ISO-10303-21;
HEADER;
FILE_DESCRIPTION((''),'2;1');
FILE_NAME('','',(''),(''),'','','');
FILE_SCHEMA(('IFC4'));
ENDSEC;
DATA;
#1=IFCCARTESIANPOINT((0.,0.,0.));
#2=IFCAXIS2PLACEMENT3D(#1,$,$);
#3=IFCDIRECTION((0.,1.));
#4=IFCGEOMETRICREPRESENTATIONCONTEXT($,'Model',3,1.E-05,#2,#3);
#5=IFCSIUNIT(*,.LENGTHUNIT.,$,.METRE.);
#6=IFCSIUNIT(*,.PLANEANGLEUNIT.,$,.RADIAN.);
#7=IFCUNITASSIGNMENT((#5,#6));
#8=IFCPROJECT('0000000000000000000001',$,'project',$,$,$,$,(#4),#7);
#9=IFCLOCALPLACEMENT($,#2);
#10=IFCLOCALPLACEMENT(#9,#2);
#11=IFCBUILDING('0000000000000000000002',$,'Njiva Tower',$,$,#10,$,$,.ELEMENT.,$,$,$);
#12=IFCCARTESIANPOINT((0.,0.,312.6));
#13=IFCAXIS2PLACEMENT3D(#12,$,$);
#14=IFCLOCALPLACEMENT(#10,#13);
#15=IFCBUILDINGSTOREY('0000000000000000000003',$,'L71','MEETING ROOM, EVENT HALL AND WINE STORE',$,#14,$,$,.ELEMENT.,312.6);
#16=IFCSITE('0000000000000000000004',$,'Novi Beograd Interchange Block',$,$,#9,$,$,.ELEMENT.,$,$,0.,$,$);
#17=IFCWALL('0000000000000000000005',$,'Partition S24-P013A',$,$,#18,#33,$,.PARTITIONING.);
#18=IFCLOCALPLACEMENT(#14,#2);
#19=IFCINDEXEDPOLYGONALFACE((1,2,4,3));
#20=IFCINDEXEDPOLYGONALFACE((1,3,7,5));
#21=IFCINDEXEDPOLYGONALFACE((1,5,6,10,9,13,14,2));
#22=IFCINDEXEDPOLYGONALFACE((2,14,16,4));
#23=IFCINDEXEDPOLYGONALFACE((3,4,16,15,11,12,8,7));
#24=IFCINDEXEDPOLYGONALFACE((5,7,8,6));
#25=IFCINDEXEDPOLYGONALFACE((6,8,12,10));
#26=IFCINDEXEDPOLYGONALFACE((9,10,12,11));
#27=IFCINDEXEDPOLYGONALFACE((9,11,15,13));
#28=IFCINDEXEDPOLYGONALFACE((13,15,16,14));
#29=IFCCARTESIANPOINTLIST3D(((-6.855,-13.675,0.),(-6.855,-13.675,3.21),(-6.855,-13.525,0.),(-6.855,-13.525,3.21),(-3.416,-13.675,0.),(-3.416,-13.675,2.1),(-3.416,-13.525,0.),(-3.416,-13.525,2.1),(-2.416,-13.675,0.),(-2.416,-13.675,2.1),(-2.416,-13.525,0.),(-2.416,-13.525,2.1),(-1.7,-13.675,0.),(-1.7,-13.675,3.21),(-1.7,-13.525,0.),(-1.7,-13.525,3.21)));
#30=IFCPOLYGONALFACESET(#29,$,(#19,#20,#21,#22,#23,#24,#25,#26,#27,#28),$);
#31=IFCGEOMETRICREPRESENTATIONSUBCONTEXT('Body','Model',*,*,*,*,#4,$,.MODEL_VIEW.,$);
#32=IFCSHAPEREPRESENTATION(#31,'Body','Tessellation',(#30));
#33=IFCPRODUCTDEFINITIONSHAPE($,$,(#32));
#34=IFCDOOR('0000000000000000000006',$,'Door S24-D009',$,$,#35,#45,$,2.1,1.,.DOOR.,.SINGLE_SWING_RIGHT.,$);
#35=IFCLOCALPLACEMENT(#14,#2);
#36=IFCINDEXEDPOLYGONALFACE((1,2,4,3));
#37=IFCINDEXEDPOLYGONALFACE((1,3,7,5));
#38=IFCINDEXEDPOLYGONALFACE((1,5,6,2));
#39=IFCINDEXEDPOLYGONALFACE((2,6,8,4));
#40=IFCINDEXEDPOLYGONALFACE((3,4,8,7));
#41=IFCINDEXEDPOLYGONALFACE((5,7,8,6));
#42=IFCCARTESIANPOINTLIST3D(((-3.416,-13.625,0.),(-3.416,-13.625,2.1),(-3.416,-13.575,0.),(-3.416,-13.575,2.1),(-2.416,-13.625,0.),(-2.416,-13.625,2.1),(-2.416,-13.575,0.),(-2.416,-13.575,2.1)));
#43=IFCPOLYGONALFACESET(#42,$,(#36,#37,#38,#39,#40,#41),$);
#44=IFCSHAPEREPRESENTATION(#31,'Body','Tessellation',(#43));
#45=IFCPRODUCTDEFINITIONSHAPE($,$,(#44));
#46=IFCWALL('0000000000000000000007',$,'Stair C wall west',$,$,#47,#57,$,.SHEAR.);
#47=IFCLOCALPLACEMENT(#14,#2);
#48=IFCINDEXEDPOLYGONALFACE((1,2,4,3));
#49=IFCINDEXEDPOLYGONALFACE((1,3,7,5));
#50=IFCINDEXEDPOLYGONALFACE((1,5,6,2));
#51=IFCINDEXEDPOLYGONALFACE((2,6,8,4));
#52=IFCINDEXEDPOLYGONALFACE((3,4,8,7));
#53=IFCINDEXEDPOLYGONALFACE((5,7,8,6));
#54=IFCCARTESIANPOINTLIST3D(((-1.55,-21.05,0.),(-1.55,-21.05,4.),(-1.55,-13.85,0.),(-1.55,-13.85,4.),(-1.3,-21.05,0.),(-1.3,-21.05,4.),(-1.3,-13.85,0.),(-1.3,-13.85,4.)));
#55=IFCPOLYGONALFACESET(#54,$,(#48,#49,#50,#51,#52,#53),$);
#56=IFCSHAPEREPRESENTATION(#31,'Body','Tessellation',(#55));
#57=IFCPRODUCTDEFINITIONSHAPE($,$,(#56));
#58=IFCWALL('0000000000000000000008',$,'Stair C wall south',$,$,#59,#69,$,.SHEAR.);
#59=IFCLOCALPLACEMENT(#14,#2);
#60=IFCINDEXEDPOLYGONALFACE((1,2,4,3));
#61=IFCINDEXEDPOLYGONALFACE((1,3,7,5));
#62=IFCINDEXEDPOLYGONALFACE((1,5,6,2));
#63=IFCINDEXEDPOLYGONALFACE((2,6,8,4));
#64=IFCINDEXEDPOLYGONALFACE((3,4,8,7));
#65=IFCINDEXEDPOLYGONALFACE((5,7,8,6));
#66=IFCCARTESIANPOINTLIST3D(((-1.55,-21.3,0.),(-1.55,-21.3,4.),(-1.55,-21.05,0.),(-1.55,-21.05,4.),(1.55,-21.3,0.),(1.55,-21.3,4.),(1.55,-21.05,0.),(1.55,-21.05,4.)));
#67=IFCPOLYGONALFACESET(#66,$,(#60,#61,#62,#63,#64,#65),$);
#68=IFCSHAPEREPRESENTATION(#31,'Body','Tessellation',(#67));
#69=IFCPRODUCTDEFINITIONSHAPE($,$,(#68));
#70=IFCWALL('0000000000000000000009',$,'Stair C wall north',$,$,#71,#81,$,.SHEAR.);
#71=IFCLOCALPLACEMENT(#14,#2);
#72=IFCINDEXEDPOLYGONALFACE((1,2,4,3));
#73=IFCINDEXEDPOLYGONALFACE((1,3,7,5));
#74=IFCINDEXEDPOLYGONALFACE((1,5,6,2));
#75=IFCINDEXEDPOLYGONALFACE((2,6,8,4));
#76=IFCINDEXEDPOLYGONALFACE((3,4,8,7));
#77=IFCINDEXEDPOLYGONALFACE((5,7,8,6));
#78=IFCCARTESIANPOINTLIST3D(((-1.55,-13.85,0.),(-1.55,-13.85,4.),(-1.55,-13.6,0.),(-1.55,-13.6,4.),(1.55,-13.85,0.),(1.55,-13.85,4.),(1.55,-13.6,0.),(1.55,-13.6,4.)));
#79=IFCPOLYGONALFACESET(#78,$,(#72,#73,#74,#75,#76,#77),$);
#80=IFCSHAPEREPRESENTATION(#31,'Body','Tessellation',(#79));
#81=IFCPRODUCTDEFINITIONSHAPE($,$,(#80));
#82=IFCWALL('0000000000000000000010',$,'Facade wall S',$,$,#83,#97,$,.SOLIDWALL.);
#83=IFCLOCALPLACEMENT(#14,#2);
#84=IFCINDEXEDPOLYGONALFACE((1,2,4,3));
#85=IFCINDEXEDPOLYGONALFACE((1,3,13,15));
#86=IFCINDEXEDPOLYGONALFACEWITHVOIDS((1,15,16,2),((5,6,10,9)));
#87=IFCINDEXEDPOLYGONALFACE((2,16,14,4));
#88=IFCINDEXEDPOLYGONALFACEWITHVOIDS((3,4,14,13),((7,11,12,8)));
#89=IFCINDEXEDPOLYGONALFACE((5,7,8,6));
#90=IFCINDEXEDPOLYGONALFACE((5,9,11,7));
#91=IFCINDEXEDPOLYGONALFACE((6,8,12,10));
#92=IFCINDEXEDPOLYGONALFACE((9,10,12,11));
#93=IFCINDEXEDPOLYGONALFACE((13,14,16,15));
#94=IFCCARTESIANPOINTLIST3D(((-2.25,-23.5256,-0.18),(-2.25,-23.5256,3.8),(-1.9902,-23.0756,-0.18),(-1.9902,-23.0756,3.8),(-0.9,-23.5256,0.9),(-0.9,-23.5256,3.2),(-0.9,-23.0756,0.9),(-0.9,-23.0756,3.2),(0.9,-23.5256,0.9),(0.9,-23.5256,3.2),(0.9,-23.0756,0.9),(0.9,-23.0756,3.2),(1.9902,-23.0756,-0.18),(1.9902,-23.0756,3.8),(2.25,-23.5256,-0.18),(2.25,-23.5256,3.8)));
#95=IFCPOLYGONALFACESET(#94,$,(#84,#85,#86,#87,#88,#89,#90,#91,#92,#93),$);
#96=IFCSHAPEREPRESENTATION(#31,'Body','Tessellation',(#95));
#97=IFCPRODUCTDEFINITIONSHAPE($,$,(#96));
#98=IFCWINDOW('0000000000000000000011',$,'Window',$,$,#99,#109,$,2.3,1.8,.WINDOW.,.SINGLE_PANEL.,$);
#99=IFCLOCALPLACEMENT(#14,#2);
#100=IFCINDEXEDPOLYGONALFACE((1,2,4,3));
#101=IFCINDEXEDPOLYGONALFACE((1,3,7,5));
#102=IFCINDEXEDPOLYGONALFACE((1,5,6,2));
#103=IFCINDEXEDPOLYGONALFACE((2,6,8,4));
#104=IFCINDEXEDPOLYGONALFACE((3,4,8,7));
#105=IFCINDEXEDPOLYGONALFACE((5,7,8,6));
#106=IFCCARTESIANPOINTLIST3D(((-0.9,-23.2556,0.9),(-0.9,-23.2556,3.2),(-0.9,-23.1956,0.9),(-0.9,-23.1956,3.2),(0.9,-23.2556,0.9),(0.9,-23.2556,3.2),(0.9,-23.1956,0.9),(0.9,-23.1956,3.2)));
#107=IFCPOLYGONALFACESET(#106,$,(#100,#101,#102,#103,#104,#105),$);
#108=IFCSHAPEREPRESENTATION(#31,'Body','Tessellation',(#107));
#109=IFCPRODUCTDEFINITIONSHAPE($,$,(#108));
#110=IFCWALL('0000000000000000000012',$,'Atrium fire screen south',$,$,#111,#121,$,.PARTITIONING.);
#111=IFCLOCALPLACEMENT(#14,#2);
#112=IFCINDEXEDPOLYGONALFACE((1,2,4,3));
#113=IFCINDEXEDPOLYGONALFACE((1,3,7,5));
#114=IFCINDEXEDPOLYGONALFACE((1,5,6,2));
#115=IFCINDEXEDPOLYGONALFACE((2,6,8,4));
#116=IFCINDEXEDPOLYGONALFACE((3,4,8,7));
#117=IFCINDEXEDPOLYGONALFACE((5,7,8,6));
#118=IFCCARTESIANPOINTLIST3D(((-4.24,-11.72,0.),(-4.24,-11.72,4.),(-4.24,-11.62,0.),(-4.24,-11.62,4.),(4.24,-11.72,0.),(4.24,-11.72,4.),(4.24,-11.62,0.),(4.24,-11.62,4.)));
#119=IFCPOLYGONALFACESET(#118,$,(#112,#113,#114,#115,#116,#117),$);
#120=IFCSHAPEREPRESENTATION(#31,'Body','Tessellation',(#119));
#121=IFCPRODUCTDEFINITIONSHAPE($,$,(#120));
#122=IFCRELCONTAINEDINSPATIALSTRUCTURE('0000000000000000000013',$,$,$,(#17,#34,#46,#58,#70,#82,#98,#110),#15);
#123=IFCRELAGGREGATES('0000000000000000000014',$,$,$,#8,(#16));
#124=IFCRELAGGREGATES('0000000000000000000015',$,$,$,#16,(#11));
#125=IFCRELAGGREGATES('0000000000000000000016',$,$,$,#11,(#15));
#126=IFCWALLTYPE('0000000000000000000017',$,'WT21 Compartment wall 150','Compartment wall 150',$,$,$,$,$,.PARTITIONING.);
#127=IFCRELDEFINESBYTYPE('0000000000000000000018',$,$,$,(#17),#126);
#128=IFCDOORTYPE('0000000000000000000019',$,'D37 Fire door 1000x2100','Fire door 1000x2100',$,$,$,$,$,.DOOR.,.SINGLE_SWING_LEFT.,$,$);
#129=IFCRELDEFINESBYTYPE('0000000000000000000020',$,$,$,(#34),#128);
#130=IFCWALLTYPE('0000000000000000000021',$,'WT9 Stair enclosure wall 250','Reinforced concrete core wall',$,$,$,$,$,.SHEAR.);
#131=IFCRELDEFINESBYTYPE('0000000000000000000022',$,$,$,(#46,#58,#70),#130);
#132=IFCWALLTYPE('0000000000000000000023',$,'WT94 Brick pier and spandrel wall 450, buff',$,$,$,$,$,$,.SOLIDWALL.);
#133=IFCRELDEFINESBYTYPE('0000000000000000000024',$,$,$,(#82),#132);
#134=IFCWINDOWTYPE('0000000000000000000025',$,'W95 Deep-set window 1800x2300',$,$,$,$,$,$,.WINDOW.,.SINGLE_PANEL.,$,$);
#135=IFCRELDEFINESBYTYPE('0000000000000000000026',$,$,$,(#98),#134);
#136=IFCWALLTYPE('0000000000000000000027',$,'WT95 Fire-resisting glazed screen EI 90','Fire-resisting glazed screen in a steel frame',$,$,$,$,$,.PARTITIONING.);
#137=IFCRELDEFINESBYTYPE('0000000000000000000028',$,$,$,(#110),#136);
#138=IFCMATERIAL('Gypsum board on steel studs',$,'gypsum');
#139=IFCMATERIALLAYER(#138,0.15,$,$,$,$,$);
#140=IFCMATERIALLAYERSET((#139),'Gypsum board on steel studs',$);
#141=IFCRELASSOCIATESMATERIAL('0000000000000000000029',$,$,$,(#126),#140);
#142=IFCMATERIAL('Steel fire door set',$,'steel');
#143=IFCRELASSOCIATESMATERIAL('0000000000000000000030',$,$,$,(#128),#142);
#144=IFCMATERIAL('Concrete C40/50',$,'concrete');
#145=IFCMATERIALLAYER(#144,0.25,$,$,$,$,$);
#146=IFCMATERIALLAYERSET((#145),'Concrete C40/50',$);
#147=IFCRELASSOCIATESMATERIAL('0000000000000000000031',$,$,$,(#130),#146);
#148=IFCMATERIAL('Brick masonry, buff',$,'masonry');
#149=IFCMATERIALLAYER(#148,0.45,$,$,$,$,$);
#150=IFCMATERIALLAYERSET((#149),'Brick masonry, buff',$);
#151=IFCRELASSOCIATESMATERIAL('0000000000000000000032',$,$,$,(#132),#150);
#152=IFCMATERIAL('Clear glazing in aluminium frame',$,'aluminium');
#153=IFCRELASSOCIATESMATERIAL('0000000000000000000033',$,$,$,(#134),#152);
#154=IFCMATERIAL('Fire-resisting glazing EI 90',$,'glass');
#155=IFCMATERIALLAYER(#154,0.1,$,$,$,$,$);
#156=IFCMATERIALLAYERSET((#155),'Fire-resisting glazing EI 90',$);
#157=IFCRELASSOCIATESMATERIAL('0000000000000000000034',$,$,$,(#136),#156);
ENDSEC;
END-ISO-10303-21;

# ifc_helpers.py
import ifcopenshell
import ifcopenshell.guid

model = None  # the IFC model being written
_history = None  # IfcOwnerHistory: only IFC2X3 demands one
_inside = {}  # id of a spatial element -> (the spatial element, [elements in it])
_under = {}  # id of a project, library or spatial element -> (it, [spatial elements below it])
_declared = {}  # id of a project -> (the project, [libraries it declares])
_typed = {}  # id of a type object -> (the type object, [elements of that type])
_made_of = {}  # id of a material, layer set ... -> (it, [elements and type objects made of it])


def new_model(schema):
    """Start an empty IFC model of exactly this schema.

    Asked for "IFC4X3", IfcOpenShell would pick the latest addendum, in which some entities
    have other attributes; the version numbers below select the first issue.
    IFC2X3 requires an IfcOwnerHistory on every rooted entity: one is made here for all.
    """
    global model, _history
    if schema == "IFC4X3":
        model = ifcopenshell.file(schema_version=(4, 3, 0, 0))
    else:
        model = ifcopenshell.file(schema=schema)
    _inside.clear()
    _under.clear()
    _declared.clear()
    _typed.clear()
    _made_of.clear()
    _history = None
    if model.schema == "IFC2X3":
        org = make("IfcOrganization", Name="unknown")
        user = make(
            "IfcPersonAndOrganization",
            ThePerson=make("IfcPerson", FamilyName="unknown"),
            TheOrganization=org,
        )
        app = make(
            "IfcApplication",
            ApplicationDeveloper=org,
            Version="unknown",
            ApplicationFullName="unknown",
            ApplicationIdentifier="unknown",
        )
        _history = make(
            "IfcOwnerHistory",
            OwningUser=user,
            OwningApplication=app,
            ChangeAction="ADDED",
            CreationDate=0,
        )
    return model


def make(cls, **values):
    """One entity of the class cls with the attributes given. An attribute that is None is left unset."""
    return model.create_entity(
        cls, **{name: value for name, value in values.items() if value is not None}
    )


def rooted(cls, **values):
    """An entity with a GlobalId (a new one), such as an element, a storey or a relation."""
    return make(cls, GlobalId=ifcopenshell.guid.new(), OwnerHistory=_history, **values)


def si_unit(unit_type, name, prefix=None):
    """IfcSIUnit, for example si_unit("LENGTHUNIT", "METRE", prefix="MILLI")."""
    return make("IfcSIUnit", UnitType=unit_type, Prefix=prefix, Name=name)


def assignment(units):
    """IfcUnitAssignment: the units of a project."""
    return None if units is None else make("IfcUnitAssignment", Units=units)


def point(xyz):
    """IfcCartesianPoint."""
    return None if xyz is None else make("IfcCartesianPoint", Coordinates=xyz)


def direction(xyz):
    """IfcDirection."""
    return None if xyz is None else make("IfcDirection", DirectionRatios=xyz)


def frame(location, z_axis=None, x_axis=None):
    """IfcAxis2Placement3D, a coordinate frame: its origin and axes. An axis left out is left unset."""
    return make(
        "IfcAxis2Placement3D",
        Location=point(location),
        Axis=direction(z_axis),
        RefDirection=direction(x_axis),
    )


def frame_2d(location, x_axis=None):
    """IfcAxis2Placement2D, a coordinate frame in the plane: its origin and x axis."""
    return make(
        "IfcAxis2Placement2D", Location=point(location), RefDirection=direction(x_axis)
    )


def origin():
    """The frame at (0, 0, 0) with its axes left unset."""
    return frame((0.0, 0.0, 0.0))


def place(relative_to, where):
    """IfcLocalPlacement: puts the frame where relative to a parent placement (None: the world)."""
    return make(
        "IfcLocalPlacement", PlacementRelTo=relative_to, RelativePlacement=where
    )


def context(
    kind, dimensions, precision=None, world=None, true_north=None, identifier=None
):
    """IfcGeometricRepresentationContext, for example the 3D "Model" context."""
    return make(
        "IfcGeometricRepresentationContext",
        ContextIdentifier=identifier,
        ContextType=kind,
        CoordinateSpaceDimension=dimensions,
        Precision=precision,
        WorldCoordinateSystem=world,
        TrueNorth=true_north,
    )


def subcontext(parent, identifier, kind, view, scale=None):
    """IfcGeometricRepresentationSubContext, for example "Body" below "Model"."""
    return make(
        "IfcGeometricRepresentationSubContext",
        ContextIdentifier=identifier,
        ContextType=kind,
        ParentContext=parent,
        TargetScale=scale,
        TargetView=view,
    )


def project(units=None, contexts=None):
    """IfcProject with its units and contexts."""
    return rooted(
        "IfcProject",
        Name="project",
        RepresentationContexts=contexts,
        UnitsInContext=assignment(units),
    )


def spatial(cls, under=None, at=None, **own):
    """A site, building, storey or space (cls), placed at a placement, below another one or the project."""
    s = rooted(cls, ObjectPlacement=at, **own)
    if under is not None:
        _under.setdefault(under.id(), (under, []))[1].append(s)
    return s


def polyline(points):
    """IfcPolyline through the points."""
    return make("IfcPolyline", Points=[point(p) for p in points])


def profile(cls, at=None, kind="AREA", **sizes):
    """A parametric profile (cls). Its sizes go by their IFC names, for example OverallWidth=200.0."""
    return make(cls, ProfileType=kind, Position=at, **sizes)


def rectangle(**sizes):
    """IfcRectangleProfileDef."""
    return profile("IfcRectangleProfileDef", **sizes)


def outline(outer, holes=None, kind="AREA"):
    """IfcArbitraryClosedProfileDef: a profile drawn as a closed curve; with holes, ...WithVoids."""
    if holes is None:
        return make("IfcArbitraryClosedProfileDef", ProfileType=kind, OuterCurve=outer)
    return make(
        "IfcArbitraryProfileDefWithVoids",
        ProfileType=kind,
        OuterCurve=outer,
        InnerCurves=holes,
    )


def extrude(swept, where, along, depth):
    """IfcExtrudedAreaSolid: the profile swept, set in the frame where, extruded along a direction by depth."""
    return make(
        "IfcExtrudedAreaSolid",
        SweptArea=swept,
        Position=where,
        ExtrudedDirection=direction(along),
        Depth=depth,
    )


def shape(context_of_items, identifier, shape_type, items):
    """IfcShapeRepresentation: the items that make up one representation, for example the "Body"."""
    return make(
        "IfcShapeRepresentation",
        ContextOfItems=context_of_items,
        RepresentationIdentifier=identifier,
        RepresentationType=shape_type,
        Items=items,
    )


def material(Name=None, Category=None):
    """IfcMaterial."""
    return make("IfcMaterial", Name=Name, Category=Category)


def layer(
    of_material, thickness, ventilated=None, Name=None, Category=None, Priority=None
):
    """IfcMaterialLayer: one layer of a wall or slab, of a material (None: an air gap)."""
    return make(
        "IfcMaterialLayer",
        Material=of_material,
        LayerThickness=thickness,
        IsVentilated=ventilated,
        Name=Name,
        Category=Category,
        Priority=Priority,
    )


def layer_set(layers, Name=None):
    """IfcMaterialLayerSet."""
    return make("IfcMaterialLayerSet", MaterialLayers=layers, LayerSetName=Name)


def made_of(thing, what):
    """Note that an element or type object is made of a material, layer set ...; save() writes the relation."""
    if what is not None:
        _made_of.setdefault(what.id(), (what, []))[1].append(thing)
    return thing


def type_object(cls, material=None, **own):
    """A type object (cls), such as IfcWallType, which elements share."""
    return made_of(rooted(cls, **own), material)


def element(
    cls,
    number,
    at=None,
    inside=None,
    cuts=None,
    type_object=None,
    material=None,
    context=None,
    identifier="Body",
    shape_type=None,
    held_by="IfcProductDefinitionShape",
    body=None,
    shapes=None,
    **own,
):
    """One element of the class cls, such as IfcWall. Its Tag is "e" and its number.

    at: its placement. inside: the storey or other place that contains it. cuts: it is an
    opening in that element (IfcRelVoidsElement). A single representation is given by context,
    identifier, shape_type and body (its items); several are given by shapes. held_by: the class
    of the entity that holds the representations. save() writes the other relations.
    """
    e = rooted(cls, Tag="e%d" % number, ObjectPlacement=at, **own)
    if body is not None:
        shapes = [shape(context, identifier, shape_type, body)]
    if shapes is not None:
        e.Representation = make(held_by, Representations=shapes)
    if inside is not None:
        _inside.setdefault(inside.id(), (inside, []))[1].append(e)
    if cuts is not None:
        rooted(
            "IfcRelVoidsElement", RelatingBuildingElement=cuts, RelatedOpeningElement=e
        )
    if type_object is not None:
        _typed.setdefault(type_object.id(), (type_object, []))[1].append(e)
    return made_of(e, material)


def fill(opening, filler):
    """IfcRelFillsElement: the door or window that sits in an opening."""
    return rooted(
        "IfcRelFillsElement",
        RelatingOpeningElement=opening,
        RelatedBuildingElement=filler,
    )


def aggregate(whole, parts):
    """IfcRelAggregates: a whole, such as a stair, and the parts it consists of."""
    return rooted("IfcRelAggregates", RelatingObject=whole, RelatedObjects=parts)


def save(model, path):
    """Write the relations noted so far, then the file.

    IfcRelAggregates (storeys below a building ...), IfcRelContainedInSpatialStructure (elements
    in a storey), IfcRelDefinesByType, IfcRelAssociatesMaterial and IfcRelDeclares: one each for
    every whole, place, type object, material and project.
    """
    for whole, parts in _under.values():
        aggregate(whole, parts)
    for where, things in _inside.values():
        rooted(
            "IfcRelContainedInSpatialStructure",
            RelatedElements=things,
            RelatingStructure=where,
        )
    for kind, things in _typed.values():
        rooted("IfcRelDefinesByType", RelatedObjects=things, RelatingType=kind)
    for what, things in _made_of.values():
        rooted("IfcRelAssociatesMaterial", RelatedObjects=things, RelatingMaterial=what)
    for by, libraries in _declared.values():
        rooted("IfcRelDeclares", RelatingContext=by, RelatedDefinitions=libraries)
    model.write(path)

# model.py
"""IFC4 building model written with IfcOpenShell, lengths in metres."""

from ifc_helpers import new_model, si_unit, direction, frame, frame_2d, origin, place, context, subcontext, project, spatial, polyline, rectangle, outline, extrude, material, layer, layer_set, type_object, element, fill, save


model = new_model("IFC4")

# Units and contexts
model_context = context("Model", 3, precision=1e-05, world=origin(), true_north=direction((0.0, 1.0)))
body_context = subcontext(model_context, "Body", "Model", "MODEL_VIEW")
ifc_project = project(units=[si_unit("LENGTHUNIT", "METRE"), si_unit("PLANEANGLEUNIT", "RADIAN")], contexts=[model_context])

# Site, building, storey
site_placement = place(None, origin())
site = spatial("IfcSite", under=ifc_project, at=site_placement, Name="Novi Beograd Interchange Block", CompositionType="ELEMENT", RefElevation=0.0)
building_placement = place(site_placement, origin())
building = spatial("IfcBuilding", under=site, at=building_placement, Name="Njiva Tower", CompositionType="ELEMENT")
storey_placement = place(building_placement, frame((0.0, 0.0, 312.6)))
storey = spatial("IfcBuildingStorey", under=building, at=storey_placement, Name="L71", Description="MEETING ROOM, EVENT HALL AND WINE STORE", CompositionType="ELEMENT", Elevation=312.6)

# Shared definitions
ifc_material_1 = material(Name="Gypsum board on steel studs", Category="gypsum")

# Shared definitions
ifc_layer_1 = layer(ifc_material_1, 0.15)
ifc_layer_set_1 = layer_set([ifc_layer_1], Name="Gypsum board on steel studs")
wall_type_1 = type_object("IfcWallType", Name="WT21 Compartment wall 150", Description="Compartment wall 150", PredefinedType="PARTITIONING", material=ifc_layer_set_1)
ifc_material_2 = material(Name="Steel fire door set", Category="steel")
door_type = type_object("IfcDoorType", Name="D37 Fire door 1000x2100", Description="Fire door 1000x2100", OperationType="SINGLE_SWING_LEFT", PredefinedType="DOOR", material=ifc_material_2)

# Wall, opening, door
wall_1_placement = place(storey_placement, frame((-6.855, -13.6, 0.0), z_axis=(0.0, 0.0, 1.0), x_axis=(1.0, 0.0, 0.0)))
wall_1 = element("IfcWall", 1, at=wall_1_placement, inside=storey, type_object=wall_type_1, Name="Partition S24-P013A", PredefinedType="PARTITIONING", context=body_context, shape_type="SweptSolid", body=[
    extrude(rectangle(XDim=5.155, YDim=0.15, at=frame_2d((2.5775, 0.0))), origin(), (0.0, 0.0, 1.0), 3.21),
])
opening_1_placement = place(wall_1_placement, frame((3.439, 0.0, 0.0)))
opening_1 = element("IfcOpeningElement", 2, at=opening_1_placement, cuts=wall_1, PredefinedType="OPENING", context=body_context, shape_type="SweptSolid", body=[
    extrude(rectangle(XDim=1.0, YDim=2.1, at=frame_2d((0.5, 1.05))), frame((0.0, 0.085, 0.0), z_axis=(0.0, -1.0, 0.0), x_axis=(1.0, 0.0, 0.0)), (0.0, 0.0, 1.0), 0.17),
])
door_1_placement = place(opening_1_placement, origin())
door_1 = element("IfcDoor", 3, at=door_1_placement, inside=storey, type_object=door_type, Name="Door S24-D009", OperationType="SINGLE_SWING_RIGHT", OverallHeight=2.1, OverallWidth=1.0, PredefinedType="DOOR", context=body_context, shape_type="SweptSolid", body=[
    extrude(rectangle(XDim=1.0, YDim=2.1, at=frame_2d((0.5, 1.05))), frame((0.0, 0.025, 0.0), z_axis=(0.0, -1.0, 0.0), x_axis=(1.0, 0.0, 0.0)), (0.0, 0.0, 1.0), 0.05),
])
fill(opening_1, door_1)

# Walls
ifc_material_3 = material(Name="Concrete C40/50", Category="concrete")
ifc_layer_2 = layer(ifc_material_3, 0.25)
ifc_layer_set_2 = layer_set([ifc_layer_2], Name="Concrete C40/50")
wall_type_2 = type_object("IfcWallType", Name="WT9 Stair enclosure wall 250", Description="Reinforced concrete core wall", PredefinedType="SHEAR", material=ifc_layer_set_2)
wall_2_placement = place(storey_placement, frame((-1.425, -21.05, 0.0), z_axis=(0.0, 0.0, 1.0), x_axis=(0.0, 1.0, 0.0)))
element("IfcWall", 4, at=wall_2_placement, inside=storey, type_object=wall_type_2, Name="Stair C wall west", PredefinedType="SHEAR", context=body_context, shape_type="SweptSolid", body=[
    extrude(rectangle(XDim=7.2, YDim=0.25, at=frame_2d((3.6, 0.0))), origin(), (0.0, 0.0, 1.0), 4.0),
])
for number, where, z_axis, x_axis, name in (
    (5, (-1.55, -21.175, 0.0), (0.0, 0.0, 1.0), (1.0, 0.0, 0.0), "Stair C wall south"),
    (6, (-1.55, -13.725, 0.0), (0.0, 0.0, 1.0), (1.0, 0.0, 0.0), "Stair C wall north"),
):
    element("IfcWall", number, at=place(storey_placement, frame(where, z_axis=z_axis, x_axis=x_axis)), inside=storey, type_object=wall_type_2, Name=name, PredefinedType="SHEAR", context=body_context, shape_type="SweptSolid", body=[
        extrude(rectangle(XDim=3.1, YDim=0.25, at=frame_2d((1.55, 0.0))), origin(), (0.0, 0.0, 1.0), 4.0),
    ])

# Wall, opening, window
ifc_material_4 = material(Name="Brick masonry, buff", Category="masonry")
ifc_layer_3 = layer(ifc_material_4, 0.45)
ifc_layer_set_3 = layer_set([ifc_layer_3], Name="Brick masonry, buff")
wall_type_3 = type_object("IfcWallType", Name="WT94 Brick pier and spandrel wall 450, buff", PredefinedType="SOLIDWALL", material=ifc_layer_set_3)
wall_3_placement = place(storey_placement, frame((-2.1201, -23.3006, -0.18), z_axis=(0.0, 0.0, 1.0), x_axis=(1.0, 0.0, 0.0)))
wall_3 = element("IfcWall", 7, at=wall_3_placement, inside=storey, type_object=wall_type_3, Name="Facade wall S", PredefinedType="SOLIDWALL", context=body_context, shape_type="SweptSolid", body=[
    extrude(outline(polyline([(-0.1299, -0.225), (4.3701, -0.225), (4.1103, 0.225), (0.1299, 0.225), (-0.1299, -0.225)])), origin(), (0.0, 0.0, 1.0), 3.98),
])
opening_2_placement = place(wall_3_placement, frame((1.2201, 0.0, 1.08)))
opening_2 = element("IfcOpeningElement", 8, at=opening_2_placement, cuts=wall_3, PredefinedType="OPENING", context=body_context, shape_type="SweptSolid", body=[
    extrude(rectangle(XDim=1.8, YDim=2.3, at=frame_2d((0.9, 1.15))), frame((0.0, 0.235, 0.0), z_axis=(0.0, -1.0, 0.0), x_axis=(1.0, 0.0, 0.0)), (0.0, 0.0, 1.0), 0.47),
])
ifc_material_5 = material(Name="Clear glazing in aluminium frame", Category="aluminium")
window_type = type_object("IfcWindowType", Name="W95 Deep-set window 1800x2300", PartitioningType="SINGLE_PANEL", PredefinedType="WINDOW", material=ifc_material_5)
window_placement = place(opening_2_placement, origin())
window = element("IfcWindow", 9, at=window_placement, inside=storey, type_object=window_type, Name="Window", OverallHeight=2.3, OverallWidth=1.8, PartitioningType="SINGLE_PANEL", PredefinedType="WINDOW", context=body_context, shape_type="SweptSolid", body=[
    extrude(rectangle(XDim=1.8, YDim=2.3, at=frame_2d((0.9, 1.15))), frame((0.0, 0.105, 0.0), z_axis=(0.0, -1.0, 0.0), x_axis=(1.0, 0.0, 0.0)), (0.0, 0.0, 1.0), 0.06),
])
fill(opening_2, window)

# Wall
ifc_material_6 = material(Name="Fire-resisting glazing EI 90", Category="glass")
ifc_layer_4 = layer(ifc_material_6, 0.1)
ifc_layer_set_4 = layer_set([ifc_layer_4], Name="Fire-resisting glazing EI 90")
wall_type_4 = type_object("IfcWallType", Name="WT95 Fire-resisting glazed screen EI 90", Description="Fire-resisting glazed screen in a steel frame", PredefinedType="PARTITIONING", material=ifc_layer_set_4)
wall_4_placement = place(storey_placement, frame((-4.24, -11.67, 0.0), z_axis=(0.0, 0.0, 1.0), x_axis=(1.0, 0.0, 0.0)))
element("IfcWall", 10, at=wall_4_placement, inside=storey, type_object=wall_type_4, Name="Atrium fire screen south", PredefinedType="PARTITIONING", context=body_context, shape_type="SweptSolid", body=[
    extrude(rectangle(XDim=8.48, YDim=0.1, at=frame_2d((4.24, 0.0))), origin(), (0.0, 0.0, 1.0), 4.0),
])

save(model, "model.ifc")
